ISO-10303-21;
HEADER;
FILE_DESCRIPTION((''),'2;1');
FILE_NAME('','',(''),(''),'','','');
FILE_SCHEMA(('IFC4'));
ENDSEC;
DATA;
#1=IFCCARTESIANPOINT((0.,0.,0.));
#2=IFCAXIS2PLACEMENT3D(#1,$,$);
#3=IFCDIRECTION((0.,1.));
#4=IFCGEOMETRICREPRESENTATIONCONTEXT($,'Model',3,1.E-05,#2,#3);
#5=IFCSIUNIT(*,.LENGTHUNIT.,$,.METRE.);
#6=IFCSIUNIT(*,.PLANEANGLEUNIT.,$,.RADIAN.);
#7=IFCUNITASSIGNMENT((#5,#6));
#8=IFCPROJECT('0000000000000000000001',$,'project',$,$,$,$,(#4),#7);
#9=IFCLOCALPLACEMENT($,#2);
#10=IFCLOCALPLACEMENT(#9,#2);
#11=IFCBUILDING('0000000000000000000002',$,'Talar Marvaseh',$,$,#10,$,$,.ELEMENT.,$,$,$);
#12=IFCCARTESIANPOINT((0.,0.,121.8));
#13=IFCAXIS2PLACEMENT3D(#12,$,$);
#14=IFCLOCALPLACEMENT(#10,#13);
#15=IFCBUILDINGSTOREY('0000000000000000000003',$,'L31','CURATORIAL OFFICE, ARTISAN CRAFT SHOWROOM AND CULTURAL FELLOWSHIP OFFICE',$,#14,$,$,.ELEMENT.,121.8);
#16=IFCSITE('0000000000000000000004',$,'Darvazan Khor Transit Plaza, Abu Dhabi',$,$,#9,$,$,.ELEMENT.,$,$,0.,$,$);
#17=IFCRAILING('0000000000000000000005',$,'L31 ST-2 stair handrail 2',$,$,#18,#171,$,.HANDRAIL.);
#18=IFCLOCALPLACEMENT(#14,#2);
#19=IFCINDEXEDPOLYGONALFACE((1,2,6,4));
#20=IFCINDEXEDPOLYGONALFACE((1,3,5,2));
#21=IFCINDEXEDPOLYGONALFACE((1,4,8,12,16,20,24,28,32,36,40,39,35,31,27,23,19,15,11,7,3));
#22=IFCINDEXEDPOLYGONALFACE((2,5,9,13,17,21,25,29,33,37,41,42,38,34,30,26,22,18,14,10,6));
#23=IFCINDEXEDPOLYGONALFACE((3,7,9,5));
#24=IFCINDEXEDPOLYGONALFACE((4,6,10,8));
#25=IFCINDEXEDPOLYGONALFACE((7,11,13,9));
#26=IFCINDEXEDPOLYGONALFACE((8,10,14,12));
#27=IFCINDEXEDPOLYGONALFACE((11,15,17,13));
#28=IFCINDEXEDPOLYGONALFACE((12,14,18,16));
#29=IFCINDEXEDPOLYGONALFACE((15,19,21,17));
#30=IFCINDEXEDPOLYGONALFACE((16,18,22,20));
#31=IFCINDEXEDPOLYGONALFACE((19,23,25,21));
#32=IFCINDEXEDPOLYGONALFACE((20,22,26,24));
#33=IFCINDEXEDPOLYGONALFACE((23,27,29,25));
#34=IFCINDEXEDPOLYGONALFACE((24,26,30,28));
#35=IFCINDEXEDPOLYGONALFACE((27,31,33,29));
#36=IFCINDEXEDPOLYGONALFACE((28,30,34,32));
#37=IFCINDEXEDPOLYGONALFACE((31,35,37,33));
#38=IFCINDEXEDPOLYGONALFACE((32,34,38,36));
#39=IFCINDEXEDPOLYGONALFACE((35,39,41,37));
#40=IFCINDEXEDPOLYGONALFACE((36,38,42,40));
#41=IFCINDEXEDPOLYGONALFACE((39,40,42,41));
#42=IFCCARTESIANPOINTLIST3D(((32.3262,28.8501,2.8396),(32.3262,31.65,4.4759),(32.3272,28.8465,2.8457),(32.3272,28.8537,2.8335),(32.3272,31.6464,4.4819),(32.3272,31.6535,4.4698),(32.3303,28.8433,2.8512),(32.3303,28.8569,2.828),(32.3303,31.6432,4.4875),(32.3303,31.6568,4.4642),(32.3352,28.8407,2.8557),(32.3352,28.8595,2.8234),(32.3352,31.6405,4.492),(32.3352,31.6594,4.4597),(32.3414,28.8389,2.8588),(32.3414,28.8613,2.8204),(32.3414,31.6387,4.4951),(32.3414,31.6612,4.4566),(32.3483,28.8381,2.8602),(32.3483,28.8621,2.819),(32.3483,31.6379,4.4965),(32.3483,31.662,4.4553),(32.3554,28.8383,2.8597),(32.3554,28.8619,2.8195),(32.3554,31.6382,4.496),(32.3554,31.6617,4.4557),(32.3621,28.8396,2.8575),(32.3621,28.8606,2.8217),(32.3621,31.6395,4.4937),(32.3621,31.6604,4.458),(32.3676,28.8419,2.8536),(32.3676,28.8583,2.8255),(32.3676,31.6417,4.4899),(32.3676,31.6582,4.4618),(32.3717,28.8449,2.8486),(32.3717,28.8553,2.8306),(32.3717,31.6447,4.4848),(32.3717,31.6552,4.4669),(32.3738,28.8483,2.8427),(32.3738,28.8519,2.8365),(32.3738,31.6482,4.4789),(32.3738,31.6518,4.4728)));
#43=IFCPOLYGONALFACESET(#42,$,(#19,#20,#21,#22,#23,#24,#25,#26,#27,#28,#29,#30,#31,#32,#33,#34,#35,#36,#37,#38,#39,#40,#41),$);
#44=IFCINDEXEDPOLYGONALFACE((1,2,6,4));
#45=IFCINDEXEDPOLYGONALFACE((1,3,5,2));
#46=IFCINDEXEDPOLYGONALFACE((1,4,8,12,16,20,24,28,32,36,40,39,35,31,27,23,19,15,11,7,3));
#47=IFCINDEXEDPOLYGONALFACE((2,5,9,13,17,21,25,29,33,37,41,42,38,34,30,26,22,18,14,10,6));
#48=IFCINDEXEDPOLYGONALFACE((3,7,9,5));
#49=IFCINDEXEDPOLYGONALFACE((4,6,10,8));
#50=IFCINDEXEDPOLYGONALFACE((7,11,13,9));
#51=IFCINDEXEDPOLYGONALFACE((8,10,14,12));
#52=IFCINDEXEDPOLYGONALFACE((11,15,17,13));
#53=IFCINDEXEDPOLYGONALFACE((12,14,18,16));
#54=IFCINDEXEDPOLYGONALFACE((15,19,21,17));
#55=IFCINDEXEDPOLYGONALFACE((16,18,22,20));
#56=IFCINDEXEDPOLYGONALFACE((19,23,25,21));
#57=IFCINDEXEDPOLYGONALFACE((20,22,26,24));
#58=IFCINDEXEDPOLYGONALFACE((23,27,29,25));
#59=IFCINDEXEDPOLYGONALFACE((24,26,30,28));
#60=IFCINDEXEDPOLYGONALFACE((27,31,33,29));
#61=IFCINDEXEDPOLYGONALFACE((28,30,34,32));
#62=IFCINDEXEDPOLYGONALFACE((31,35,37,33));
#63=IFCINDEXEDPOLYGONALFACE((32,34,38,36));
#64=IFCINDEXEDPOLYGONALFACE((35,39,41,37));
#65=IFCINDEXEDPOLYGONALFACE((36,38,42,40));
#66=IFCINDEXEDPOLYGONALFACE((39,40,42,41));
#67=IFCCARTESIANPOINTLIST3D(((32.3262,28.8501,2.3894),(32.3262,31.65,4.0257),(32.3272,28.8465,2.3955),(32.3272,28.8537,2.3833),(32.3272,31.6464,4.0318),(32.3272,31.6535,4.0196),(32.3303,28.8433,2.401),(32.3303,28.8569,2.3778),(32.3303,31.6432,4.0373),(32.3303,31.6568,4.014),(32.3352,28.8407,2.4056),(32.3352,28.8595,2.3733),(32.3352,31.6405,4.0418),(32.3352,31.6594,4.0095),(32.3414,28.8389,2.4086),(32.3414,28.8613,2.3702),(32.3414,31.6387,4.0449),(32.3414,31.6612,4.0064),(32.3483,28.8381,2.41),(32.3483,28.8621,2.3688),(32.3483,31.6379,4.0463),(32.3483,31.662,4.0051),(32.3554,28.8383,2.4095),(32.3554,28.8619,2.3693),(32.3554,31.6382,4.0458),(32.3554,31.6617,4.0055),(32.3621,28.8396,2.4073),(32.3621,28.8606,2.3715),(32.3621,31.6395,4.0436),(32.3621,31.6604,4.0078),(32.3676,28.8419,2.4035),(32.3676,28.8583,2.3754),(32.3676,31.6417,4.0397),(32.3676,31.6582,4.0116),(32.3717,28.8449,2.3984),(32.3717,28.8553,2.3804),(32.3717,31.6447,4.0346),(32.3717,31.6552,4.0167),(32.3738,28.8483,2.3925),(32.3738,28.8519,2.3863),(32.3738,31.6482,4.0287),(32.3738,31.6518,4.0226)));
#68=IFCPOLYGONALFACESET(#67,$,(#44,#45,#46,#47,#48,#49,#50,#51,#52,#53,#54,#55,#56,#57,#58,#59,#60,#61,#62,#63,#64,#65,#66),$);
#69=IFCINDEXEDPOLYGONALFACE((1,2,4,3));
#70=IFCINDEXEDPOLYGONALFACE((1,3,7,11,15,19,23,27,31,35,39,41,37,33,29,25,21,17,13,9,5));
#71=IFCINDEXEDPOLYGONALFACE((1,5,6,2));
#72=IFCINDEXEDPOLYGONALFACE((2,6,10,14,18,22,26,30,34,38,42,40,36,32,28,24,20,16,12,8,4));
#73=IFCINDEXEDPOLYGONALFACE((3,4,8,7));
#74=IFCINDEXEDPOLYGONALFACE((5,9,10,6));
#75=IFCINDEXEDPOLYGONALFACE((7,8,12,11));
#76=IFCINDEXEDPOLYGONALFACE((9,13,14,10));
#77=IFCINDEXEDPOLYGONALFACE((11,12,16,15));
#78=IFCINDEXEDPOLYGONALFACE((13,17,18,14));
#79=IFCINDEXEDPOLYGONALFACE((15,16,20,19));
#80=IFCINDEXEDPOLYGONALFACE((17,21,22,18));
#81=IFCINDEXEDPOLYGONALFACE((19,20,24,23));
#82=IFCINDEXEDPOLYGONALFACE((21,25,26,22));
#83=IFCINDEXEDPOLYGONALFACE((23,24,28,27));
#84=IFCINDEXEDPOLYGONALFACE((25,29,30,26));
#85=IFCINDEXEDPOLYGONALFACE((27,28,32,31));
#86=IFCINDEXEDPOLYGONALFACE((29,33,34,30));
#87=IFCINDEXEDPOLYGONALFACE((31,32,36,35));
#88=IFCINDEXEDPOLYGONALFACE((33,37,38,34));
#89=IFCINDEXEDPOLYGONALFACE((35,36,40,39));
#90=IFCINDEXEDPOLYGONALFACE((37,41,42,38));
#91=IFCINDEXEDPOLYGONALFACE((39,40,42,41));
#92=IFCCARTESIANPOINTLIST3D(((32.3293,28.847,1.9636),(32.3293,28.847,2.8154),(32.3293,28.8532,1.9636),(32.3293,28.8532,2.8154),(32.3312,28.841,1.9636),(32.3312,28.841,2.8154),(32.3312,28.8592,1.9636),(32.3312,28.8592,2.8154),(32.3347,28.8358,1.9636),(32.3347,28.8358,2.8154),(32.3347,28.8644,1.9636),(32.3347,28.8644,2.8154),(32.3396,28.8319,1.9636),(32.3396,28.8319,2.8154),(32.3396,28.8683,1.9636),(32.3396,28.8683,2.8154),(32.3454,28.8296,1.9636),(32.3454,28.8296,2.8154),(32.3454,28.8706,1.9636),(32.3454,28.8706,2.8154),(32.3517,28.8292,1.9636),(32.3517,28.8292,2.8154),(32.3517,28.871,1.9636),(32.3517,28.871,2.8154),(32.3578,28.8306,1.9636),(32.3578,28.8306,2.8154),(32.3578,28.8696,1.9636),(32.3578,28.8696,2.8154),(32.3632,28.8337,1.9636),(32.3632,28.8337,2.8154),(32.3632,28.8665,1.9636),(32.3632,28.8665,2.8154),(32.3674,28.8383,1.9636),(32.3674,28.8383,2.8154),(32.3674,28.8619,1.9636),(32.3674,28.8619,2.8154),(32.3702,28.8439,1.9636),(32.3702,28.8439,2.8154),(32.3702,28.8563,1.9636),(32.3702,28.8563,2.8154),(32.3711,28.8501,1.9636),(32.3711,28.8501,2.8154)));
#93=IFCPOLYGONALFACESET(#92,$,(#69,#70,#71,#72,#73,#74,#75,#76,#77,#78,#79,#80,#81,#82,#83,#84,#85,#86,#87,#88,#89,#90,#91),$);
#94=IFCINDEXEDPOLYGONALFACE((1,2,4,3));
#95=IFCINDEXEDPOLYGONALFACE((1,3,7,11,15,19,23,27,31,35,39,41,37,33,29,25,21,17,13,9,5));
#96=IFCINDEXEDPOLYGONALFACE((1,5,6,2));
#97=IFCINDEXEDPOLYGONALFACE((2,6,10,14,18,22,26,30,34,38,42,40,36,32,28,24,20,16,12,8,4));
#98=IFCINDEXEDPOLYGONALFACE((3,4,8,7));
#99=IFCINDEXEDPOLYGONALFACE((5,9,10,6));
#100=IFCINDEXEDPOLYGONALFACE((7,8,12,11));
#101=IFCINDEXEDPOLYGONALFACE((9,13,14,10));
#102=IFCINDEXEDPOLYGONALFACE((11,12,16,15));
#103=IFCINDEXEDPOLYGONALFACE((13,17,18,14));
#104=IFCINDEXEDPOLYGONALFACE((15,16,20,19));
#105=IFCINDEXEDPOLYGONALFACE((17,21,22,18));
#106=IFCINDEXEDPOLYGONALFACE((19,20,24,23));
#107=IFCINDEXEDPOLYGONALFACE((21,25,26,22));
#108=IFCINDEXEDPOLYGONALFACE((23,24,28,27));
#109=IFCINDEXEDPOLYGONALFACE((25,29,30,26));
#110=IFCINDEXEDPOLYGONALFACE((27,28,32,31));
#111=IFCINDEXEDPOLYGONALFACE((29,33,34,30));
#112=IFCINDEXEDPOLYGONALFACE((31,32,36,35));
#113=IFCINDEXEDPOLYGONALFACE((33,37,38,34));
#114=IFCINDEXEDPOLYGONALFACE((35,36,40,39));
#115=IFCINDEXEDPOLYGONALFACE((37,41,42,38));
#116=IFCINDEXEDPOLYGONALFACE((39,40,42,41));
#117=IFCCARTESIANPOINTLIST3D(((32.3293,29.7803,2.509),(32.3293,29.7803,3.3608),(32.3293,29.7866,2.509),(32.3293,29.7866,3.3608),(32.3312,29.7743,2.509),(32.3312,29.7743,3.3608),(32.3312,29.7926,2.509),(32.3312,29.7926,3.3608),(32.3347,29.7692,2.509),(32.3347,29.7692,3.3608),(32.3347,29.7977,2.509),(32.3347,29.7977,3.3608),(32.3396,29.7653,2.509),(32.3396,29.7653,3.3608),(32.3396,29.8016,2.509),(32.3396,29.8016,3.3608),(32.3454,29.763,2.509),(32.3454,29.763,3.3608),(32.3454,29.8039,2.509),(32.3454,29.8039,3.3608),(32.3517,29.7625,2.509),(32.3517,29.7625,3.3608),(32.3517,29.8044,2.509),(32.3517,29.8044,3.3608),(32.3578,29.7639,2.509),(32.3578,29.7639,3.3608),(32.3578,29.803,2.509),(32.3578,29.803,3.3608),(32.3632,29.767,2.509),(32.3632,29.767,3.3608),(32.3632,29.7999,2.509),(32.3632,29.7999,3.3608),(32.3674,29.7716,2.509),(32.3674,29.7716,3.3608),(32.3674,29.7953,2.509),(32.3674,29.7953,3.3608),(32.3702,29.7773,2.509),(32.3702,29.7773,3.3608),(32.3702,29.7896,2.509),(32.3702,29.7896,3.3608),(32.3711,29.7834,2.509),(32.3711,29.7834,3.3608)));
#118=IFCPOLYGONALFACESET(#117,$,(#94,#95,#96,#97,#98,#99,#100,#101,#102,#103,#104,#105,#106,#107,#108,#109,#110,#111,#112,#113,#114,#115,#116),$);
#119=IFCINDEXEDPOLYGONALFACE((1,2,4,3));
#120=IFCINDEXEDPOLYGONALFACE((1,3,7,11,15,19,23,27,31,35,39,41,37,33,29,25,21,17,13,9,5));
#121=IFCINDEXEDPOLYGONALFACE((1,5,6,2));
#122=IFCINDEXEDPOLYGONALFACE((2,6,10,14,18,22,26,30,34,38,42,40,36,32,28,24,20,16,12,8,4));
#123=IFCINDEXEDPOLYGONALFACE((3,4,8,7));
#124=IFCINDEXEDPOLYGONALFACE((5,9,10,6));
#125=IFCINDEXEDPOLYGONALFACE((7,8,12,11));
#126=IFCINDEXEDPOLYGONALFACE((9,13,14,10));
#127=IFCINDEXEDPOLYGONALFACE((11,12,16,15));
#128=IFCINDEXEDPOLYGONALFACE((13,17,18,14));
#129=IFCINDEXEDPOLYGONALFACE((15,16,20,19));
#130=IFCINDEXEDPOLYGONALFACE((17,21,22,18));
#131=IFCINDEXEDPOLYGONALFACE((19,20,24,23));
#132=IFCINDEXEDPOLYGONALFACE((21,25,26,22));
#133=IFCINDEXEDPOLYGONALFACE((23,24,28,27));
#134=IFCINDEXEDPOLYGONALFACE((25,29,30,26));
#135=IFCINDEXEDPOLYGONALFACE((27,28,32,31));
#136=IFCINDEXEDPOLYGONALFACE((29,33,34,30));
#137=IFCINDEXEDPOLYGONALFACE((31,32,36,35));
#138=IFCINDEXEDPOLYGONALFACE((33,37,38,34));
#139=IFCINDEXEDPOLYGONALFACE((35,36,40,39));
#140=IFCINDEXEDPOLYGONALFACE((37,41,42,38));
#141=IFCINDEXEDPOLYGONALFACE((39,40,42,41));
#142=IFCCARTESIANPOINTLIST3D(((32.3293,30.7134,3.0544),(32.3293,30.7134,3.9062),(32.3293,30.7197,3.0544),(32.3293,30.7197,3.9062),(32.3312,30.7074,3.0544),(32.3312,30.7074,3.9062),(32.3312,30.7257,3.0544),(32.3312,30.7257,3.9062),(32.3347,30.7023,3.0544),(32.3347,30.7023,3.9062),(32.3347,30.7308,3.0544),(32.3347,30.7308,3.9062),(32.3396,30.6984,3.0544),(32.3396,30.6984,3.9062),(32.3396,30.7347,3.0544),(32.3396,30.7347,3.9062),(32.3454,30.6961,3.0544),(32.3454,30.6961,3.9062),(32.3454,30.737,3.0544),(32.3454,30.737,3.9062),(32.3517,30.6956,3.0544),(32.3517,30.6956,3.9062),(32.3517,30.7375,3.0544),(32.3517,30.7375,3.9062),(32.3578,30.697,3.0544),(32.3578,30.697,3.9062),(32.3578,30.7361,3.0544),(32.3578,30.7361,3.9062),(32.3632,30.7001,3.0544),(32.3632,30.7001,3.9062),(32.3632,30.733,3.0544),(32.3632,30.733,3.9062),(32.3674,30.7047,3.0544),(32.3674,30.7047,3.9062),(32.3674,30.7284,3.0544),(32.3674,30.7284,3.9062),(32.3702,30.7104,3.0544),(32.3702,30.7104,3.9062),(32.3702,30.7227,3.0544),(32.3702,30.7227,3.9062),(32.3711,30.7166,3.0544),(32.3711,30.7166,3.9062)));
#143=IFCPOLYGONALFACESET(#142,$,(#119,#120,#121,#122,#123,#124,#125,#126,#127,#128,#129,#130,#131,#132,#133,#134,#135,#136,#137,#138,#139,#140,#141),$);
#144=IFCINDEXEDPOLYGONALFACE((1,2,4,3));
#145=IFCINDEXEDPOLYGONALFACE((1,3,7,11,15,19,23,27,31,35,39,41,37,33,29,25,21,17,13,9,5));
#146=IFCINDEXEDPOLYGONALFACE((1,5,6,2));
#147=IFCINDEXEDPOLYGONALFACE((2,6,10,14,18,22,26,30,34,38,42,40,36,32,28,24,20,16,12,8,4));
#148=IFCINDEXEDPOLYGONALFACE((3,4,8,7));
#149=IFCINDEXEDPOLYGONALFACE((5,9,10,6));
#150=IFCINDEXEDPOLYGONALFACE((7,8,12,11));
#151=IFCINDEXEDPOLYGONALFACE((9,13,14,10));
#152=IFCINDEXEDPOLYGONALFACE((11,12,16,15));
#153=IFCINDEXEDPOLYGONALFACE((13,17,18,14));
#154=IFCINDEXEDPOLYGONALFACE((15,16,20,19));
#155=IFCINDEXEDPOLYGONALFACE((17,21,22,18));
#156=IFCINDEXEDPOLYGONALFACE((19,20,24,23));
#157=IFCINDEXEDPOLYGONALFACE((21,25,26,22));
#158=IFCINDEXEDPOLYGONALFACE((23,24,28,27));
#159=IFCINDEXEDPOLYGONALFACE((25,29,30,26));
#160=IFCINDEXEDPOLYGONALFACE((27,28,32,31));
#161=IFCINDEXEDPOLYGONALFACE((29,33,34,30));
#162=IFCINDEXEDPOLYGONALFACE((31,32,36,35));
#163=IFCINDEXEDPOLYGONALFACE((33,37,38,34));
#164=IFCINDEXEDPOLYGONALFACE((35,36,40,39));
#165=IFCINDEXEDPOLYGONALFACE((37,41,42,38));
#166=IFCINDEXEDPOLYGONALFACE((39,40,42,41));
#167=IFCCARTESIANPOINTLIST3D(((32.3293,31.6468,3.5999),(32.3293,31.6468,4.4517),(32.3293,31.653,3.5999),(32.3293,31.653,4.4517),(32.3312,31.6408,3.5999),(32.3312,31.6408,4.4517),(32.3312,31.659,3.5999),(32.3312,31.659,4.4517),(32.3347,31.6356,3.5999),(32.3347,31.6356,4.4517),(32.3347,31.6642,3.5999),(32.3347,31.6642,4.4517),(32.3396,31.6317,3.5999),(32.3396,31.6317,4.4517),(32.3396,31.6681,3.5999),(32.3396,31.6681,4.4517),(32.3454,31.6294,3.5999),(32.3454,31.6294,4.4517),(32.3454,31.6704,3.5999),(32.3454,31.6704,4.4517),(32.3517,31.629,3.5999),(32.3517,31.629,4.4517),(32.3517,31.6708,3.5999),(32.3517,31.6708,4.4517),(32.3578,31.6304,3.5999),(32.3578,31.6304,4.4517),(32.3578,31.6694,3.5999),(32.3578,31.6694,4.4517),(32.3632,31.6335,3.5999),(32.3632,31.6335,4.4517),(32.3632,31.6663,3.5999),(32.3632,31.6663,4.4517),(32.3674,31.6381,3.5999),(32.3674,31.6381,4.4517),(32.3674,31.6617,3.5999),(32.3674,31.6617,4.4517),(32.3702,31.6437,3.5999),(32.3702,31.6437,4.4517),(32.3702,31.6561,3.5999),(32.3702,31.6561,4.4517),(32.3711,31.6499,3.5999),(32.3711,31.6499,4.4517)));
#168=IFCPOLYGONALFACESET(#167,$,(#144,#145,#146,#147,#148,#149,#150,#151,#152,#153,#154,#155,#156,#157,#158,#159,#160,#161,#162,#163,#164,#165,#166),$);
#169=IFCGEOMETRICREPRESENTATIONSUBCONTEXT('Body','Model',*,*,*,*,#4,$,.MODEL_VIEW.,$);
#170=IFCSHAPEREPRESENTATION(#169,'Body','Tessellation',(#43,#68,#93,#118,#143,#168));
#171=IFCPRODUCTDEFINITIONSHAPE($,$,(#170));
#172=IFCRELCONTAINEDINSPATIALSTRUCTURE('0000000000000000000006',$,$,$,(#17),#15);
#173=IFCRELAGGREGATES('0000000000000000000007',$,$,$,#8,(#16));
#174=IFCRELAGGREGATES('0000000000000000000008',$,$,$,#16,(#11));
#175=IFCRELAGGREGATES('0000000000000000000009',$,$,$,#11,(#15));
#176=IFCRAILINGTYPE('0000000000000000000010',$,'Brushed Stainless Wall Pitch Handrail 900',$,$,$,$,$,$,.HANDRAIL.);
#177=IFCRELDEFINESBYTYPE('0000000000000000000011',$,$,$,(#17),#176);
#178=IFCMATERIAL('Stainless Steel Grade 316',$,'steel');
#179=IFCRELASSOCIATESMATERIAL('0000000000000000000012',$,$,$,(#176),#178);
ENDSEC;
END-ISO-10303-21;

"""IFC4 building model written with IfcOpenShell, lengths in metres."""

from ifc_helpers import new_model, si_unit, direction, frame, origin, origin_2d, place, context, subcontext, project, spatial, circle, extrude, material, type_object, element, save


model = new_model("IFC4")

# Units and contexts
model_context = context("Model", 3, precision=1e-05, world=origin(), true_north=direction((0.0, 1.0)))
body_context = subcontext(model_context, "Body", "Model", "MODEL_VIEW")
ifc_project = project(units=[si_unit("LENGTHUNIT", "METRE"), si_unit("PLANEANGLEUNIT", "RADIAN")], contexts=[model_context])

# Site, building, storey
site_placement = place(None, origin())
site = spatial("IfcSite", under=ifc_project, at=site_placement, Name="Darvazan Khor Transit Plaza, Abu Dhabi", CompositionType="ELEMENT", RefElevation=0.0)
building_placement = place(site_placement, origin())
building = spatial("IfcBuilding", under=site, at=building_placement, Name="Talar Marvaseh", CompositionType="ELEMENT")
storey_placement = place(building_placement, frame((0.0, 0.0, 121.8)))
storey = spatial("IfcBuildingStorey", under=building, at=storey_placement, Name="L31", Description="CURATORIAL OFFICE, ARTISAN CRAFT SHOWROOM AND CULTURAL FELLOWSHIP OFFICE", CompositionType="ELEMENT", Elevation=121.8)

# Shared definitions
ifc_material_1 = material(Name="Stainless Steel Grade 316", Category="steel")

# Railing
railing_type_1 = type_object("IfcRailingType", Name="Brushed Stainless Wall Pitch Handrail 900", PredefinedType="HANDRAIL", material=ifc_material_1)
railing_1_placement = place(storey_placement, frame((32.3501, 28.8501, 1.9636)))
element("IfcRailing", 1, at=railing_1_placement, inside=storey, type_object=railing_type_1, Name="L31 ST-2 stair handrail 2", PredefinedType="HANDRAIL", context=body_context, shape_type="SweptSolid", body=[
    extrude(circle(Radius=0.0239, at=origin_2d()), frame((0.0, 0.0, 0.876), z_axis=(0.0, 0.863374, 0.504564), x_axis=(-1.0, 0.0, 0.0)), (0.0, 0.0, 1.0), 3.2429),
    extrude(circle(Radius=0.0239, at=origin_2d()), frame((0.0, 0.0, 0.4258), z_axis=(0.0, 0.863374, 0.504564), x_axis=(-1.0, 0.0, 0.0)), (0.0, 0.0, 1.0), 3.2429),
    extrude(circle(Radius=0.021, at=origin_2d()), origin(), (0.0, 0.0, 1.0), 0.8518),
    extrude(circle(Radius=0.021, at=origin_2d()), frame((0.0, 0.9333, 0.5454)), (0.0, 0.0, 1.0), 0.8518),
    extrude(circle(Radius=0.021, at=origin_2d()), frame((0.0, 1.8665, 1.0908)), (0.0, 0.0, 1.0), 0.8518),
    extrude(circle(Radius=0.021, at=origin_2d()), frame((0.0, 2.7998, 1.6362)), (0.0, 0.0, 1.0), 0.8518),
])

save(model, "model.ifc")
